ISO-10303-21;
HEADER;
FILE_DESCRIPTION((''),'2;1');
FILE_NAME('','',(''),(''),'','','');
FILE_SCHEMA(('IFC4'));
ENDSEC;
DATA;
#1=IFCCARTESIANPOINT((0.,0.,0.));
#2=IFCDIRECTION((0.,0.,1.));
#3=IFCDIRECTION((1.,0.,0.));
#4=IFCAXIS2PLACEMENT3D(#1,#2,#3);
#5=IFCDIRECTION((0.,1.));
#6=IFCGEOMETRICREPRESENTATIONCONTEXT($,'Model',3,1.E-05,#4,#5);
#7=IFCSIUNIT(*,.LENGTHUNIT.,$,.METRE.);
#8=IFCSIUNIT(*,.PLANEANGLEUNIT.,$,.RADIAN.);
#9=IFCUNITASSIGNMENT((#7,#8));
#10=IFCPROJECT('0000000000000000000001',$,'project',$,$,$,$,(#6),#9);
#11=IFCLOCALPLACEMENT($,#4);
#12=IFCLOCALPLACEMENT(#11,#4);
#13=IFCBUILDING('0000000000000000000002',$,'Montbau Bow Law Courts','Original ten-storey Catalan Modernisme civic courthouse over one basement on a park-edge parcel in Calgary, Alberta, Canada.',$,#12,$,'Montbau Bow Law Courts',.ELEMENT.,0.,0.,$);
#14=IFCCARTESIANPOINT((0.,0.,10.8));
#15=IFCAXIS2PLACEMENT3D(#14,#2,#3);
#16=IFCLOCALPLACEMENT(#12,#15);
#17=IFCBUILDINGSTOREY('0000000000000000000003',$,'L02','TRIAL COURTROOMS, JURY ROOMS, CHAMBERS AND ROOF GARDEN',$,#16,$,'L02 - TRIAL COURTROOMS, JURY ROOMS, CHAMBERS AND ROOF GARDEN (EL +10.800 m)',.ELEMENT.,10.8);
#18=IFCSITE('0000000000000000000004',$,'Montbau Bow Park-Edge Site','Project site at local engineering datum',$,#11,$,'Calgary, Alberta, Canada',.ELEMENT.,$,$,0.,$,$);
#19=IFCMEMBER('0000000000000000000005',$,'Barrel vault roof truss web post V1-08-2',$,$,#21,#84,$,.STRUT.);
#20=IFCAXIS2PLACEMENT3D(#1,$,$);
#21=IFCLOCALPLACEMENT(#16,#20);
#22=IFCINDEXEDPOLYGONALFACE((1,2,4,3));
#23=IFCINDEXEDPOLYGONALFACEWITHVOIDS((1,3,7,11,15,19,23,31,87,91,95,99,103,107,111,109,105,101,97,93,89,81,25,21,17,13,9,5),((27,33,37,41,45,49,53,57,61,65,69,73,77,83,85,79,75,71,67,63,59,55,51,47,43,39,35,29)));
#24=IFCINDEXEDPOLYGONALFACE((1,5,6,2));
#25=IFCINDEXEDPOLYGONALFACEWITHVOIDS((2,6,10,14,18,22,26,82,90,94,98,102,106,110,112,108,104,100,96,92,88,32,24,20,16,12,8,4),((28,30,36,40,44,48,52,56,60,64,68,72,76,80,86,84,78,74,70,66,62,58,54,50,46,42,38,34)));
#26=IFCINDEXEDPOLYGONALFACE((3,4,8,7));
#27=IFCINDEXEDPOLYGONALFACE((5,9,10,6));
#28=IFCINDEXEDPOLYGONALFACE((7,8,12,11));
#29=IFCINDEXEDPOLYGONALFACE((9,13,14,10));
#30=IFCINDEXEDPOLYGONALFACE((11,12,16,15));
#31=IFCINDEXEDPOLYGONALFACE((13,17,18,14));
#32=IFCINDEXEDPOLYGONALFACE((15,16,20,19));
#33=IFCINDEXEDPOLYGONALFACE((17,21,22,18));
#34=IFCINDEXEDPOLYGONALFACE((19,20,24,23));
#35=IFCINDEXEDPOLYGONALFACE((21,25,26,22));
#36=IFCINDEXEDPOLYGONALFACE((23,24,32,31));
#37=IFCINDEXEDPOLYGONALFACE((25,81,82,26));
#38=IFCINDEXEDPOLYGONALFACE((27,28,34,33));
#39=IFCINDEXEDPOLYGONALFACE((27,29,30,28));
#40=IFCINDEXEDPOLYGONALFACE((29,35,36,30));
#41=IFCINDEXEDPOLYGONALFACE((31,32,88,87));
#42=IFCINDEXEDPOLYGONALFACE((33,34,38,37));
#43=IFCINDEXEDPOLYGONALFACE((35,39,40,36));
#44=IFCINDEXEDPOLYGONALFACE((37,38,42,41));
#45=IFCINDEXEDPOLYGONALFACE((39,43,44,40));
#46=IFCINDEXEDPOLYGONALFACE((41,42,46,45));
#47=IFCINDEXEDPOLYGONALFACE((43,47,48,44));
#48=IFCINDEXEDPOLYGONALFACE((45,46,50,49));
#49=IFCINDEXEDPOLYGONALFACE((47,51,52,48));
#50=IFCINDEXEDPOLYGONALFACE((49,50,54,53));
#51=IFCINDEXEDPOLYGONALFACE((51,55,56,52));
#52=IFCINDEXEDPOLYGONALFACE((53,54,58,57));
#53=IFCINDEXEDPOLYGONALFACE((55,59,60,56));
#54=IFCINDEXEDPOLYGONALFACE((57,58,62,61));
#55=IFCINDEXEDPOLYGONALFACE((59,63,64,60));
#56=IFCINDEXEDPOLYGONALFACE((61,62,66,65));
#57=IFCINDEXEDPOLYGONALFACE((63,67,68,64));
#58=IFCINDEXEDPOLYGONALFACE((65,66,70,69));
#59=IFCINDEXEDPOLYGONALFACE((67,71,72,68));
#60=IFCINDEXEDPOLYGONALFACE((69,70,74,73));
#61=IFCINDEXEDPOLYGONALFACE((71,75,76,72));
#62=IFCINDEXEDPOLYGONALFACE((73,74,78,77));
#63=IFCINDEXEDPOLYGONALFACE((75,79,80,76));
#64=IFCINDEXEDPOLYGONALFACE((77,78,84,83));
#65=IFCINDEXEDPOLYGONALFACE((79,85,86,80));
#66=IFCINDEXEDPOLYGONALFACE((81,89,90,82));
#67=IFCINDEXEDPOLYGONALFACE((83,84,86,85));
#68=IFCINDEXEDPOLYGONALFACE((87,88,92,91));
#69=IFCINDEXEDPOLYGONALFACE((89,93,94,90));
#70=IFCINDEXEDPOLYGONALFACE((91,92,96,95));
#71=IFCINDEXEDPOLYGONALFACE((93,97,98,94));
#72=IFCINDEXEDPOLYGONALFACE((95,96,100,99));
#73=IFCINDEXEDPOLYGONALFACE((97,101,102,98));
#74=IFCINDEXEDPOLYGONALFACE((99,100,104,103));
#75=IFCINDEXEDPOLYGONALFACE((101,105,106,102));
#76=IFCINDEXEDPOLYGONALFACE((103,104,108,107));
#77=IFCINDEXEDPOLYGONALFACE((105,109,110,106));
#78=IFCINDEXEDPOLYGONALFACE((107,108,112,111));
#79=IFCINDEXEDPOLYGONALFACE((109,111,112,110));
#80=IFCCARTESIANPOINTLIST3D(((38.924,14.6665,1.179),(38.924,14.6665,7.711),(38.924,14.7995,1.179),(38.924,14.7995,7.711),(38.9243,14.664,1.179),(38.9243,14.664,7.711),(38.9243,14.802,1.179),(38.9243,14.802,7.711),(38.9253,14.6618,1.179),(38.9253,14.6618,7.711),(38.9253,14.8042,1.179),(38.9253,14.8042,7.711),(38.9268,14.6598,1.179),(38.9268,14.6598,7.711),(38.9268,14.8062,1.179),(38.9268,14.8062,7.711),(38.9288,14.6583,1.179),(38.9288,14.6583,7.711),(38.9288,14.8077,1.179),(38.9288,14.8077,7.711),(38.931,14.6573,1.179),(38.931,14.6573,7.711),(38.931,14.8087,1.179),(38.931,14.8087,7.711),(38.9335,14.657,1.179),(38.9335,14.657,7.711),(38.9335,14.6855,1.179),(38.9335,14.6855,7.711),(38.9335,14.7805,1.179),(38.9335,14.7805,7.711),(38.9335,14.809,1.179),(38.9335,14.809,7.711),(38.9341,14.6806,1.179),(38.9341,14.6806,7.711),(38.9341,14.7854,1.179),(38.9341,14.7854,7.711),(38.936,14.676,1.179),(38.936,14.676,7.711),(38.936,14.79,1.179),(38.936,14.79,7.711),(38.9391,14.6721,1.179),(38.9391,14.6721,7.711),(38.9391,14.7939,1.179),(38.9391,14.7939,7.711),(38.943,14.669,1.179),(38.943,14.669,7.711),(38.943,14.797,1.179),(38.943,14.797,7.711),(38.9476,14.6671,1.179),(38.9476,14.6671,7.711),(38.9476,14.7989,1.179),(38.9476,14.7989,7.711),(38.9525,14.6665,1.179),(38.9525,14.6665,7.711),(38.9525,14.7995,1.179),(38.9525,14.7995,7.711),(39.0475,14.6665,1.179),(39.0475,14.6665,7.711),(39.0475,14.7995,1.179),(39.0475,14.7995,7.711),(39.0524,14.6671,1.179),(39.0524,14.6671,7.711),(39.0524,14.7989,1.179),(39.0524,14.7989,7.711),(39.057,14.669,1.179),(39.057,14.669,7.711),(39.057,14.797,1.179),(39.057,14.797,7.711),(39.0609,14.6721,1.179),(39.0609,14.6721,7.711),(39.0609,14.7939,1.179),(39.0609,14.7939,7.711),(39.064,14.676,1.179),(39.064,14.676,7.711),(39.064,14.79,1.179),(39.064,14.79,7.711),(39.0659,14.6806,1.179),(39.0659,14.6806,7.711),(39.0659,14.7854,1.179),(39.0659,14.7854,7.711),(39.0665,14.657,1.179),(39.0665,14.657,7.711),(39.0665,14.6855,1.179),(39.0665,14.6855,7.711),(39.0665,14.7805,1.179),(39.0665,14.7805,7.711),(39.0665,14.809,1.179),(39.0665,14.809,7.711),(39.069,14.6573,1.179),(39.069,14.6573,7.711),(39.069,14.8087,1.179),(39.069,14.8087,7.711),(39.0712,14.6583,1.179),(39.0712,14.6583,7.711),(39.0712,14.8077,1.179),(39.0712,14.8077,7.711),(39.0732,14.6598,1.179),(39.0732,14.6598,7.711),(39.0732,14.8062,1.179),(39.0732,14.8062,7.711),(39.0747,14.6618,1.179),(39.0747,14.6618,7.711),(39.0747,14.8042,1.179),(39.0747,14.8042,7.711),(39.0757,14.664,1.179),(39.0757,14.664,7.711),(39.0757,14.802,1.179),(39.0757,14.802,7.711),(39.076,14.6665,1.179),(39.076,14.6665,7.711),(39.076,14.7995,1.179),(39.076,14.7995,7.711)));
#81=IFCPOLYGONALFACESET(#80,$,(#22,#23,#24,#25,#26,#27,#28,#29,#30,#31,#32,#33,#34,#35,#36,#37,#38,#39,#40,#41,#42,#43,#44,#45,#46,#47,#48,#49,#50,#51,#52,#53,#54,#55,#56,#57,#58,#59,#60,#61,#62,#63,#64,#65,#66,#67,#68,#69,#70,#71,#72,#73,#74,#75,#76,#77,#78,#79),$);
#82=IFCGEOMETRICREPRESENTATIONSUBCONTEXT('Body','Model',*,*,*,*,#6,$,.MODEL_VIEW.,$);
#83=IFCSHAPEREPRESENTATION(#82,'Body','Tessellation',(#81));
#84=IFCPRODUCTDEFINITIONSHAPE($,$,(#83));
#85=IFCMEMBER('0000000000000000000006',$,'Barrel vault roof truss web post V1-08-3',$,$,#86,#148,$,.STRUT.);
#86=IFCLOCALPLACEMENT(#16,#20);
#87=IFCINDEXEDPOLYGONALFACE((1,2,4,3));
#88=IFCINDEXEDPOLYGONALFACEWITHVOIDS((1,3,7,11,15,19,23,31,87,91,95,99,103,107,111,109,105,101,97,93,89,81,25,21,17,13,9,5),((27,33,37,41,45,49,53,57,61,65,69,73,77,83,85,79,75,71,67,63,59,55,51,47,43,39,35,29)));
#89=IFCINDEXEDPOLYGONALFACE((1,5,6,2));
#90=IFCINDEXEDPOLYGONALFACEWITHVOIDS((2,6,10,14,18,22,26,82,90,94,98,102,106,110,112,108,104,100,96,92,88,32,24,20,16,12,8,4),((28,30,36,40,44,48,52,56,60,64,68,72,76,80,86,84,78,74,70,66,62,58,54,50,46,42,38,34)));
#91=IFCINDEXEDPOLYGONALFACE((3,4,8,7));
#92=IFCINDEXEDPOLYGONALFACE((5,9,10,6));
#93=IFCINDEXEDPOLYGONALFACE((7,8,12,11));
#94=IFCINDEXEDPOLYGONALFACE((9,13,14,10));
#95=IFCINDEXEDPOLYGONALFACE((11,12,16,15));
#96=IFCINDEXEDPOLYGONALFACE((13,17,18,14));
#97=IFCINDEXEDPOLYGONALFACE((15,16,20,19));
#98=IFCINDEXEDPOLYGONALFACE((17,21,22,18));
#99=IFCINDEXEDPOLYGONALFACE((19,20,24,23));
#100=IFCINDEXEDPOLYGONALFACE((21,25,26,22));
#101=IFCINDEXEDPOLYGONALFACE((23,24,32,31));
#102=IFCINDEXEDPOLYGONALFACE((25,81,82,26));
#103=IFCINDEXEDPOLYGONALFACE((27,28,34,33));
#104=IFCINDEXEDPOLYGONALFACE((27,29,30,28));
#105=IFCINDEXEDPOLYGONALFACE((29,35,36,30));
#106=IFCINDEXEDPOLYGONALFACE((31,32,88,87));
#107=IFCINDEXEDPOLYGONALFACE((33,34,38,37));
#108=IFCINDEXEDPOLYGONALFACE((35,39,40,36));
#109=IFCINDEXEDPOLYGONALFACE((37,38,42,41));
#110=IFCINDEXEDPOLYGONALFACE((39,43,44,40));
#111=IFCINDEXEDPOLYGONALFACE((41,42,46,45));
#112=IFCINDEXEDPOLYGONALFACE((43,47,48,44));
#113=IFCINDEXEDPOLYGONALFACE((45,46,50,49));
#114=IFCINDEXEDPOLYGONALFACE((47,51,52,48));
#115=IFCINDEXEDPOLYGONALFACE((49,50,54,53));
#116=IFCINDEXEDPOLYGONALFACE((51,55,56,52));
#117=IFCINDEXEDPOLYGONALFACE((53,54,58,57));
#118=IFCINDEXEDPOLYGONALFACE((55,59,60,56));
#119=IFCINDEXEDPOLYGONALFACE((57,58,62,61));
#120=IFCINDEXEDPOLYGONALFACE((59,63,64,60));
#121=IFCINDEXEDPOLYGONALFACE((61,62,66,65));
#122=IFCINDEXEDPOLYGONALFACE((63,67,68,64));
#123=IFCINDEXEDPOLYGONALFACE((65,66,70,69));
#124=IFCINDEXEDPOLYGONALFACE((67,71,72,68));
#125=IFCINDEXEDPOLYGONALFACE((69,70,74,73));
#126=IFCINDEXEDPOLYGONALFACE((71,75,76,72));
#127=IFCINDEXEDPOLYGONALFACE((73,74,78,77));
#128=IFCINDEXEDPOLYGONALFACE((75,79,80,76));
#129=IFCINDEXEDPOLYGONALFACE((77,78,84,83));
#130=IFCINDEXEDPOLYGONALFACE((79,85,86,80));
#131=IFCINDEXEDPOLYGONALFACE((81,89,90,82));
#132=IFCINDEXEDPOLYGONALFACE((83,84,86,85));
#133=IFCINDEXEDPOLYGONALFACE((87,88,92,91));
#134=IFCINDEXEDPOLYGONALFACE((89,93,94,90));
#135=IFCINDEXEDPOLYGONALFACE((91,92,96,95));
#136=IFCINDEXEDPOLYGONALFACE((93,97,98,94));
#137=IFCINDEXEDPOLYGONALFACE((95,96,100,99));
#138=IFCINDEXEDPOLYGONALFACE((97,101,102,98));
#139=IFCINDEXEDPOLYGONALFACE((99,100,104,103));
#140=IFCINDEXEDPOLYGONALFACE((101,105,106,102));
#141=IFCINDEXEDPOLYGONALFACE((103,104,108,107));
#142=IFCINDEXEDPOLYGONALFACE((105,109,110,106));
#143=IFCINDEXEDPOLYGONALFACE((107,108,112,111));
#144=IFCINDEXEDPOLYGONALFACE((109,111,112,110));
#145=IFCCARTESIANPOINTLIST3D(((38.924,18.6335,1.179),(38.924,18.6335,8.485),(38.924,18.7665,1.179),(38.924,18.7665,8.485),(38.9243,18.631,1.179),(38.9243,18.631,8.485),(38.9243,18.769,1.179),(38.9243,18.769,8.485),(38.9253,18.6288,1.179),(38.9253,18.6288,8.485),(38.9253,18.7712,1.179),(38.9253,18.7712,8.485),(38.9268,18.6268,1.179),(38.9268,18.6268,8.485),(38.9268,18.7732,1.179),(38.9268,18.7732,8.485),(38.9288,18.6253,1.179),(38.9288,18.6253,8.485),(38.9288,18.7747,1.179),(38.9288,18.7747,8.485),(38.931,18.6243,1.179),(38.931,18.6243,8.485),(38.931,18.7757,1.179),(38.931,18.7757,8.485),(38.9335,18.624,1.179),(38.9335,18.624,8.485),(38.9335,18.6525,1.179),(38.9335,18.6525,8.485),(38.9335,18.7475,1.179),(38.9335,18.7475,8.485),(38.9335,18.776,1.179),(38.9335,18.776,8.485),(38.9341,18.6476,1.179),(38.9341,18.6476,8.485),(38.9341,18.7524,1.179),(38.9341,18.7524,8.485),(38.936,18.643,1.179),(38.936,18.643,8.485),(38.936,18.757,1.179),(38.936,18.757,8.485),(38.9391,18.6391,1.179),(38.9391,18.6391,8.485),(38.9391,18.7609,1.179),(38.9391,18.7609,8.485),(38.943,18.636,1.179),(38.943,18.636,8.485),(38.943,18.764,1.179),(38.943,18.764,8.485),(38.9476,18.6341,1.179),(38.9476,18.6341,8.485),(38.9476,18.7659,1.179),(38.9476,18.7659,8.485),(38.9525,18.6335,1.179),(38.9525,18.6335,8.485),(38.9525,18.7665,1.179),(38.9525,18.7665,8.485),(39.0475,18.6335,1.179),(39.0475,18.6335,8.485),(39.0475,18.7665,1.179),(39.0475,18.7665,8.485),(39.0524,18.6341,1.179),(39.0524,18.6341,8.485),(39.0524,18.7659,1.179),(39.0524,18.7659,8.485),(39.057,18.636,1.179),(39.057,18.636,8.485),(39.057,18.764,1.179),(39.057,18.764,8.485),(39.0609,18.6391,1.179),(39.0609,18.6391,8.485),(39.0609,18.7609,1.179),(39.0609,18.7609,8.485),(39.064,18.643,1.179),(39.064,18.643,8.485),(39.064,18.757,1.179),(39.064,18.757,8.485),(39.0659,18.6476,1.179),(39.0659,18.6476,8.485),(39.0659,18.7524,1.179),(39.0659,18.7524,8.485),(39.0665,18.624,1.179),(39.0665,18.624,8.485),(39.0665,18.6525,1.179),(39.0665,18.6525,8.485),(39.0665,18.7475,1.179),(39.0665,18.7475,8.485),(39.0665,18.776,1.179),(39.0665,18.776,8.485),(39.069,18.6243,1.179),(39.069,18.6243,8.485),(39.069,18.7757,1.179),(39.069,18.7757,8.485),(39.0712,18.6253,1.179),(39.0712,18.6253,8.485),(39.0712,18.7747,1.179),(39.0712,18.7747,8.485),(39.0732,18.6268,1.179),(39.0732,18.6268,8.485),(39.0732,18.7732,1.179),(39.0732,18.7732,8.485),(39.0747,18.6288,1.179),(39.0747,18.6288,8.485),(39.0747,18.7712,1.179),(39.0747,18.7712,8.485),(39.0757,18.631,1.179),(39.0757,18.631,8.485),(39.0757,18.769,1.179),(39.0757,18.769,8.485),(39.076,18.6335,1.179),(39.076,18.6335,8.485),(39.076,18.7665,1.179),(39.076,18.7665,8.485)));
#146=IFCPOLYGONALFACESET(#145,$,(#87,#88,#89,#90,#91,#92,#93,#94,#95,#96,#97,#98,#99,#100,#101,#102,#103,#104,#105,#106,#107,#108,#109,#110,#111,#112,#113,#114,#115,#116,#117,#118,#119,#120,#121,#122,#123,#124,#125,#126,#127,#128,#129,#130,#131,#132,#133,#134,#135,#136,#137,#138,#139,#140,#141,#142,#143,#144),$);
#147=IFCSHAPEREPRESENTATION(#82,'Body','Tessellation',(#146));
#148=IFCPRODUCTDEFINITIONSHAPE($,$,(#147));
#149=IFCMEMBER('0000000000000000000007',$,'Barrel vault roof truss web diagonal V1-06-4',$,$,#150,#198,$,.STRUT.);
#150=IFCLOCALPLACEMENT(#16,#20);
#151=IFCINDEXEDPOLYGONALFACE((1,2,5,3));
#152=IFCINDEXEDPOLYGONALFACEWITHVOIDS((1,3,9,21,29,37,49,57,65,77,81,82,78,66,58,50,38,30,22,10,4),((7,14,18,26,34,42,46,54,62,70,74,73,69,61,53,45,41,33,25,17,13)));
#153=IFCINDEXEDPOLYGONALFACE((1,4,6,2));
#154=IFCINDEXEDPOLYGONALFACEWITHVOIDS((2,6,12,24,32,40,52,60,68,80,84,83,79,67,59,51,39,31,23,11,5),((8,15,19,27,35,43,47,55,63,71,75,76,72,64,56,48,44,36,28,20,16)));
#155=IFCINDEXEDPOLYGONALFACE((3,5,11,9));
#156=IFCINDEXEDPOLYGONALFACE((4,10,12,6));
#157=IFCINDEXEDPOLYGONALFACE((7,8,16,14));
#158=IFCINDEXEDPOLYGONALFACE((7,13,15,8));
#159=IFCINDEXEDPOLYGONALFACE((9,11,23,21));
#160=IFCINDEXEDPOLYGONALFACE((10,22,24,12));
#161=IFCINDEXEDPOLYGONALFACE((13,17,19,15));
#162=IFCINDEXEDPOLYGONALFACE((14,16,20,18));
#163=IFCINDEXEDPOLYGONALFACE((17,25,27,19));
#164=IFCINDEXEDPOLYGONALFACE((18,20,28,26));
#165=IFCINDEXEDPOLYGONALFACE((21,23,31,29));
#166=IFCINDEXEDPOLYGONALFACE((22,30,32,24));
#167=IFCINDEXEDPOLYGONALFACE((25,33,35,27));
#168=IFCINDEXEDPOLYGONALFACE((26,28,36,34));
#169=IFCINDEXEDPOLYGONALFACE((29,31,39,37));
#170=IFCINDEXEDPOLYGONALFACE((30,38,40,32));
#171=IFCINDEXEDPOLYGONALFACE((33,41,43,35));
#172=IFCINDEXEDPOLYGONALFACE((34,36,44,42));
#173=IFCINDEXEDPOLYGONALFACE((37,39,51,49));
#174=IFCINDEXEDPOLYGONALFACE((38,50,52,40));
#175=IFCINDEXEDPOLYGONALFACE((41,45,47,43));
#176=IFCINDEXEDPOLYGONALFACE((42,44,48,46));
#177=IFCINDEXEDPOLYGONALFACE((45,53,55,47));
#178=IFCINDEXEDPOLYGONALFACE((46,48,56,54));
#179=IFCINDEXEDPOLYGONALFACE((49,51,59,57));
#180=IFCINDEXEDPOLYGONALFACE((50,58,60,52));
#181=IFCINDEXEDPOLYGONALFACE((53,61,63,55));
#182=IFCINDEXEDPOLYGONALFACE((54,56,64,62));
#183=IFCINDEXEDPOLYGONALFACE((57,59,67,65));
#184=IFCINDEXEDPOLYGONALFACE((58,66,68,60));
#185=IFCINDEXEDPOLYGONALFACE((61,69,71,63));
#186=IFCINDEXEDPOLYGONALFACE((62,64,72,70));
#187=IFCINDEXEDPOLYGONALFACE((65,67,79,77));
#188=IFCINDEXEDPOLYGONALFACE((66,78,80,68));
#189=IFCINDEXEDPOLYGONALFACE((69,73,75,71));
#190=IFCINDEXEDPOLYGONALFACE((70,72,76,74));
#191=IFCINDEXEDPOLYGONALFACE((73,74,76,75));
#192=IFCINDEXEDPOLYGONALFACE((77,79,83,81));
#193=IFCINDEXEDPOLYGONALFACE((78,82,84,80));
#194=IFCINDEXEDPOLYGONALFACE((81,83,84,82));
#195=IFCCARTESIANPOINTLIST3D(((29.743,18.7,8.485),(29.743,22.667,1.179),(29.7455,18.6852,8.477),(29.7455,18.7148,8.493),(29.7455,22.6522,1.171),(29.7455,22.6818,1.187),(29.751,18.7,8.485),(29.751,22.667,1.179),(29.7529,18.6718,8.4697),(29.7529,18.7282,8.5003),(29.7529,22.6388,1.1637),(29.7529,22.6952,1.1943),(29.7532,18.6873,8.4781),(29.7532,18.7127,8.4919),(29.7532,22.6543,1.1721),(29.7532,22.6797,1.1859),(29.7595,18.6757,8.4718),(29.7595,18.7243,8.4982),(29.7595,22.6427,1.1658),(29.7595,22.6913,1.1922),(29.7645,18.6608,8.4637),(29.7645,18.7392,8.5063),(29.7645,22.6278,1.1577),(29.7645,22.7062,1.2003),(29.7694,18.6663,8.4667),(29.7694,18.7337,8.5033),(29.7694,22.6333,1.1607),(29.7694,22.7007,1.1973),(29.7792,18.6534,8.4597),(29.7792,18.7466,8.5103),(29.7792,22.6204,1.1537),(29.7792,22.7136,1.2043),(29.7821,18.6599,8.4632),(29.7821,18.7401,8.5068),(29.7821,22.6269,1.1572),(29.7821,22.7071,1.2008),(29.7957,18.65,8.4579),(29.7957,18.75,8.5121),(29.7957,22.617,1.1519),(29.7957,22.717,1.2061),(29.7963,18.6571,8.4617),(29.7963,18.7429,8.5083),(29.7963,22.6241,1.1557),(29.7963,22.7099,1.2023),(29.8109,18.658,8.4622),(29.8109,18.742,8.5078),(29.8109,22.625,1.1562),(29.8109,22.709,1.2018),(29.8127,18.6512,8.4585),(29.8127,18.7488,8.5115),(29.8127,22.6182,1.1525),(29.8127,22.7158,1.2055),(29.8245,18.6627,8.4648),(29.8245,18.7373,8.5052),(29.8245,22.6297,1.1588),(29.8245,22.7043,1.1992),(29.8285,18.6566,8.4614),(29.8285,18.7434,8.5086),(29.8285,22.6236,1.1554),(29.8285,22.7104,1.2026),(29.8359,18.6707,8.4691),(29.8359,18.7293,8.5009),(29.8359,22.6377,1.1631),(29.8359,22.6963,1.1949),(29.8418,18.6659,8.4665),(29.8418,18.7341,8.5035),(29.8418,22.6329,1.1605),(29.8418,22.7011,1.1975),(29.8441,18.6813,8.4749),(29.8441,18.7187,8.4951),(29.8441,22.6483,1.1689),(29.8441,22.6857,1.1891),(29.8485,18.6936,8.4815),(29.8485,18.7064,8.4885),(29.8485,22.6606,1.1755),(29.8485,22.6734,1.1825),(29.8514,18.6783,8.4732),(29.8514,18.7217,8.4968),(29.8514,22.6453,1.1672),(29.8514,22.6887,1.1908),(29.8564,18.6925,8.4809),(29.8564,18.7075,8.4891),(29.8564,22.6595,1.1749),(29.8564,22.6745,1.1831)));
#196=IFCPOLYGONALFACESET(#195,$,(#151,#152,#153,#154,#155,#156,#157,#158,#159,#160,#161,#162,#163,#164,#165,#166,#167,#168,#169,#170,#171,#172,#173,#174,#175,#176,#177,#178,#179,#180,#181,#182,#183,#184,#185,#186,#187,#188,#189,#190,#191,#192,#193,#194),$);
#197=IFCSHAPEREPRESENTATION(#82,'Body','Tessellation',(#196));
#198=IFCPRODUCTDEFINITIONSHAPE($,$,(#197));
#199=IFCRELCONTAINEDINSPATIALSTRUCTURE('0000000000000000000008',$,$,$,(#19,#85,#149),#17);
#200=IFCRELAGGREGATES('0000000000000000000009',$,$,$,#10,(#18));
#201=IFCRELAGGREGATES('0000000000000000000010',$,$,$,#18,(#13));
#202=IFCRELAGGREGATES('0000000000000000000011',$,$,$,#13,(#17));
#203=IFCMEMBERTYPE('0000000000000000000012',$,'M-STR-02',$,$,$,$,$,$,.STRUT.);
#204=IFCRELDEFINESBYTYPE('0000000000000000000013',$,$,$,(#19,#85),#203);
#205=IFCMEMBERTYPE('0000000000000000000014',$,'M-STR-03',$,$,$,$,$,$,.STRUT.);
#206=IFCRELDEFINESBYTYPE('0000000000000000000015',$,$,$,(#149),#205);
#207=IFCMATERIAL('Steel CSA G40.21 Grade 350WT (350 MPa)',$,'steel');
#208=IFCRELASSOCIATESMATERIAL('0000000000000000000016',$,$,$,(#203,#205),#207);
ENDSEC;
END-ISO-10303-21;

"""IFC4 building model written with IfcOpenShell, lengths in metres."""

from ifc_helpers import new_model, si_unit, direction, frame, origin_with_axes, origin_2d_with_axis, place, context, subcontext, project, spatial, hollow_rectangle, hollow_circle, extrude, material, material_profile, profile_set, type_object, element, save


model = new_model("IFC4")

# Units and contexts
model_context = context("Model", 3, precision=1e-05, world=origin_with_axes(), true_north=direction((0.0, 1.0)))
body_context = subcontext(model_context, "Body", "Model", "MODEL_VIEW")
ifc_project = project(units=[si_unit("LENGTHUNIT", "METRE"), si_unit("PLANEANGLEUNIT", "RADIAN")], contexts=[model_context])

# Site, building, storey
site_placement = place(None, origin_with_axes())
site = spatial("IfcSite", under=ifc_project, at=site_placement, Name="Montbau Bow Park-Edge Site", Description="Project site at local engineering datum", LongName="Calgary, Alberta, Canada", CompositionType="ELEMENT", RefElevation=0.0)
building_placement = place(site_placement, origin_with_axes())
building = spatial("IfcBuilding", under=site, at=building_placement, Name="Montbau Bow Law Courts", Description="Original ten-storey Catalan Modernisme civic courthouse over one basement on a park-edge parcel in Calgary, Alberta, Canada.", LongName="Montbau Bow Law Courts", CompositionType="ELEMENT", ElevationOfRefHeight=0.0, ElevationOfTerrain=0.0)
storey_placement = place(building_placement, frame((0.0, 0.0, 10.8), z_axis=(0.0, 0.0, 1.0), x_axis=(1.0, 0.0, 0.0)))
storey = spatial("IfcBuildingStorey", under=building, at=storey_placement, Name="L02", Description="TRIAL COURTROOMS, JURY ROOMS, CHAMBERS AND ROOF GARDEN", LongName="L02 - TRIAL COURTROOMS, JURY ROOMS, CHAMBERS AND ROOF GARDEN (EL +10.800 m)", CompositionType="ELEMENT", Elevation=10.8)

# Shared definitions
ifc_material_1 = material(Name="Steel CSA G40.21 Grade 350WT (350 MPa)", Category="steel")

# Members
ifc_material_profile_1 = material_profile(ifc_material_1, hollow_rectangle(XDim=0.152, YDim=0.152, WallThickness=0.0095, InnerFilletRadius=0.019, OuterFilletRadius=0.0095, at=origin_2d_with_axis()), Name="HSS152X152X9.5", Category="Main", Priority=0)
ifc_profile_set_1 = profile_set([ifc_material_profile_1], Name="Steel CSA G40.21 Grade 350WT (350 MPa)")
member_type_1 = type_object("IfcMemberType", Name="M-STR-02", PredefinedType="STRUT", material=ifc_profile_set_1)
member_1_placement = place(None, frame((39.0, 14.733, 11.979), z_axis=(0.0, 0.0, 1.0), x_axis=(1.0, 0.0, 0.0)))
element("IfcMember", 1, at=member_1_placement, inside=storey, type_object=member_type_1, Name="Barrel vault roof truss web post V1-08-2", PredefinedType="STRUT", context=body_context, shape_type="SweptSolid", body=[
    extrude(hollow_rectangle(XDim=0.152, YDim=0.152, WallThickness=0.0095, InnerFilletRadius=0.019, OuterFilletRadius=0.0095, at=origin_2d_with_axis()), origin_with_axes(), (0.0, 0.0, 1.0), 6.532),
])
member_2_placement = place(None, frame((39.0, 18.7, 11.979), z_axis=(0.0, 0.0, 1.0), x_axis=(1.0, 0.0, 0.0)))
element("IfcMember", 2, at=member_2_placement, inside=storey, type_object=member_type_1, Name="Barrel vault roof truss web post V1-08-3", PredefinedType="STRUT", context=body_context, shape_type="SweptSolid", body=[
    extrude(hollow_rectangle(XDim=0.152, YDim=0.152, WallThickness=0.0095, InnerFilletRadius=0.019, OuterFilletRadius=0.0095, at=origin_2d_with_axis()), origin_with_axes(), (0.0, 0.0, 1.0), 7.306),
])
ifc_material_profile_2 = material_profile(ifc_material_1, hollow_circle(Radius=0.057, WallThickness=0.008, at=origin_2d_with_axis()), Name="HSS114X8.0", Category="Main", Priority=0)
ifc_profile_set_2 = profile_set([ifc_material_profile_2], Name="Steel CSA G40.21 Grade 350WT (350 MPa)")
member_type_2 = type_object("IfcMemberType", Name="M-STR-03", PredefinedType="STRUT", material=ifc_profile_set_2)
member_3_placement = place(None, frame((29.8, 18.7, 19.285), z_axis=(0.0, 0.477174, -0.878809), x_axis=(-1.0, 0.0, 0.0)))
element("IfcMember", 3, at=member_3_placement, inside=storey, type_object=member_type_2, Name="Barrel vault roof truss web diagonal V1-06-4", PredefinedType="STRUT", context=body_context, shape_type="SweptSolid", body=[
    extrude(hollow_circle(Radius=0.057, WallThickness=0.008, at=origin_2d_with_axis()), origin_with_axes(), (0.0, 0.0, 1.0), 8.3135),
])

save(model, "model.ifc")
